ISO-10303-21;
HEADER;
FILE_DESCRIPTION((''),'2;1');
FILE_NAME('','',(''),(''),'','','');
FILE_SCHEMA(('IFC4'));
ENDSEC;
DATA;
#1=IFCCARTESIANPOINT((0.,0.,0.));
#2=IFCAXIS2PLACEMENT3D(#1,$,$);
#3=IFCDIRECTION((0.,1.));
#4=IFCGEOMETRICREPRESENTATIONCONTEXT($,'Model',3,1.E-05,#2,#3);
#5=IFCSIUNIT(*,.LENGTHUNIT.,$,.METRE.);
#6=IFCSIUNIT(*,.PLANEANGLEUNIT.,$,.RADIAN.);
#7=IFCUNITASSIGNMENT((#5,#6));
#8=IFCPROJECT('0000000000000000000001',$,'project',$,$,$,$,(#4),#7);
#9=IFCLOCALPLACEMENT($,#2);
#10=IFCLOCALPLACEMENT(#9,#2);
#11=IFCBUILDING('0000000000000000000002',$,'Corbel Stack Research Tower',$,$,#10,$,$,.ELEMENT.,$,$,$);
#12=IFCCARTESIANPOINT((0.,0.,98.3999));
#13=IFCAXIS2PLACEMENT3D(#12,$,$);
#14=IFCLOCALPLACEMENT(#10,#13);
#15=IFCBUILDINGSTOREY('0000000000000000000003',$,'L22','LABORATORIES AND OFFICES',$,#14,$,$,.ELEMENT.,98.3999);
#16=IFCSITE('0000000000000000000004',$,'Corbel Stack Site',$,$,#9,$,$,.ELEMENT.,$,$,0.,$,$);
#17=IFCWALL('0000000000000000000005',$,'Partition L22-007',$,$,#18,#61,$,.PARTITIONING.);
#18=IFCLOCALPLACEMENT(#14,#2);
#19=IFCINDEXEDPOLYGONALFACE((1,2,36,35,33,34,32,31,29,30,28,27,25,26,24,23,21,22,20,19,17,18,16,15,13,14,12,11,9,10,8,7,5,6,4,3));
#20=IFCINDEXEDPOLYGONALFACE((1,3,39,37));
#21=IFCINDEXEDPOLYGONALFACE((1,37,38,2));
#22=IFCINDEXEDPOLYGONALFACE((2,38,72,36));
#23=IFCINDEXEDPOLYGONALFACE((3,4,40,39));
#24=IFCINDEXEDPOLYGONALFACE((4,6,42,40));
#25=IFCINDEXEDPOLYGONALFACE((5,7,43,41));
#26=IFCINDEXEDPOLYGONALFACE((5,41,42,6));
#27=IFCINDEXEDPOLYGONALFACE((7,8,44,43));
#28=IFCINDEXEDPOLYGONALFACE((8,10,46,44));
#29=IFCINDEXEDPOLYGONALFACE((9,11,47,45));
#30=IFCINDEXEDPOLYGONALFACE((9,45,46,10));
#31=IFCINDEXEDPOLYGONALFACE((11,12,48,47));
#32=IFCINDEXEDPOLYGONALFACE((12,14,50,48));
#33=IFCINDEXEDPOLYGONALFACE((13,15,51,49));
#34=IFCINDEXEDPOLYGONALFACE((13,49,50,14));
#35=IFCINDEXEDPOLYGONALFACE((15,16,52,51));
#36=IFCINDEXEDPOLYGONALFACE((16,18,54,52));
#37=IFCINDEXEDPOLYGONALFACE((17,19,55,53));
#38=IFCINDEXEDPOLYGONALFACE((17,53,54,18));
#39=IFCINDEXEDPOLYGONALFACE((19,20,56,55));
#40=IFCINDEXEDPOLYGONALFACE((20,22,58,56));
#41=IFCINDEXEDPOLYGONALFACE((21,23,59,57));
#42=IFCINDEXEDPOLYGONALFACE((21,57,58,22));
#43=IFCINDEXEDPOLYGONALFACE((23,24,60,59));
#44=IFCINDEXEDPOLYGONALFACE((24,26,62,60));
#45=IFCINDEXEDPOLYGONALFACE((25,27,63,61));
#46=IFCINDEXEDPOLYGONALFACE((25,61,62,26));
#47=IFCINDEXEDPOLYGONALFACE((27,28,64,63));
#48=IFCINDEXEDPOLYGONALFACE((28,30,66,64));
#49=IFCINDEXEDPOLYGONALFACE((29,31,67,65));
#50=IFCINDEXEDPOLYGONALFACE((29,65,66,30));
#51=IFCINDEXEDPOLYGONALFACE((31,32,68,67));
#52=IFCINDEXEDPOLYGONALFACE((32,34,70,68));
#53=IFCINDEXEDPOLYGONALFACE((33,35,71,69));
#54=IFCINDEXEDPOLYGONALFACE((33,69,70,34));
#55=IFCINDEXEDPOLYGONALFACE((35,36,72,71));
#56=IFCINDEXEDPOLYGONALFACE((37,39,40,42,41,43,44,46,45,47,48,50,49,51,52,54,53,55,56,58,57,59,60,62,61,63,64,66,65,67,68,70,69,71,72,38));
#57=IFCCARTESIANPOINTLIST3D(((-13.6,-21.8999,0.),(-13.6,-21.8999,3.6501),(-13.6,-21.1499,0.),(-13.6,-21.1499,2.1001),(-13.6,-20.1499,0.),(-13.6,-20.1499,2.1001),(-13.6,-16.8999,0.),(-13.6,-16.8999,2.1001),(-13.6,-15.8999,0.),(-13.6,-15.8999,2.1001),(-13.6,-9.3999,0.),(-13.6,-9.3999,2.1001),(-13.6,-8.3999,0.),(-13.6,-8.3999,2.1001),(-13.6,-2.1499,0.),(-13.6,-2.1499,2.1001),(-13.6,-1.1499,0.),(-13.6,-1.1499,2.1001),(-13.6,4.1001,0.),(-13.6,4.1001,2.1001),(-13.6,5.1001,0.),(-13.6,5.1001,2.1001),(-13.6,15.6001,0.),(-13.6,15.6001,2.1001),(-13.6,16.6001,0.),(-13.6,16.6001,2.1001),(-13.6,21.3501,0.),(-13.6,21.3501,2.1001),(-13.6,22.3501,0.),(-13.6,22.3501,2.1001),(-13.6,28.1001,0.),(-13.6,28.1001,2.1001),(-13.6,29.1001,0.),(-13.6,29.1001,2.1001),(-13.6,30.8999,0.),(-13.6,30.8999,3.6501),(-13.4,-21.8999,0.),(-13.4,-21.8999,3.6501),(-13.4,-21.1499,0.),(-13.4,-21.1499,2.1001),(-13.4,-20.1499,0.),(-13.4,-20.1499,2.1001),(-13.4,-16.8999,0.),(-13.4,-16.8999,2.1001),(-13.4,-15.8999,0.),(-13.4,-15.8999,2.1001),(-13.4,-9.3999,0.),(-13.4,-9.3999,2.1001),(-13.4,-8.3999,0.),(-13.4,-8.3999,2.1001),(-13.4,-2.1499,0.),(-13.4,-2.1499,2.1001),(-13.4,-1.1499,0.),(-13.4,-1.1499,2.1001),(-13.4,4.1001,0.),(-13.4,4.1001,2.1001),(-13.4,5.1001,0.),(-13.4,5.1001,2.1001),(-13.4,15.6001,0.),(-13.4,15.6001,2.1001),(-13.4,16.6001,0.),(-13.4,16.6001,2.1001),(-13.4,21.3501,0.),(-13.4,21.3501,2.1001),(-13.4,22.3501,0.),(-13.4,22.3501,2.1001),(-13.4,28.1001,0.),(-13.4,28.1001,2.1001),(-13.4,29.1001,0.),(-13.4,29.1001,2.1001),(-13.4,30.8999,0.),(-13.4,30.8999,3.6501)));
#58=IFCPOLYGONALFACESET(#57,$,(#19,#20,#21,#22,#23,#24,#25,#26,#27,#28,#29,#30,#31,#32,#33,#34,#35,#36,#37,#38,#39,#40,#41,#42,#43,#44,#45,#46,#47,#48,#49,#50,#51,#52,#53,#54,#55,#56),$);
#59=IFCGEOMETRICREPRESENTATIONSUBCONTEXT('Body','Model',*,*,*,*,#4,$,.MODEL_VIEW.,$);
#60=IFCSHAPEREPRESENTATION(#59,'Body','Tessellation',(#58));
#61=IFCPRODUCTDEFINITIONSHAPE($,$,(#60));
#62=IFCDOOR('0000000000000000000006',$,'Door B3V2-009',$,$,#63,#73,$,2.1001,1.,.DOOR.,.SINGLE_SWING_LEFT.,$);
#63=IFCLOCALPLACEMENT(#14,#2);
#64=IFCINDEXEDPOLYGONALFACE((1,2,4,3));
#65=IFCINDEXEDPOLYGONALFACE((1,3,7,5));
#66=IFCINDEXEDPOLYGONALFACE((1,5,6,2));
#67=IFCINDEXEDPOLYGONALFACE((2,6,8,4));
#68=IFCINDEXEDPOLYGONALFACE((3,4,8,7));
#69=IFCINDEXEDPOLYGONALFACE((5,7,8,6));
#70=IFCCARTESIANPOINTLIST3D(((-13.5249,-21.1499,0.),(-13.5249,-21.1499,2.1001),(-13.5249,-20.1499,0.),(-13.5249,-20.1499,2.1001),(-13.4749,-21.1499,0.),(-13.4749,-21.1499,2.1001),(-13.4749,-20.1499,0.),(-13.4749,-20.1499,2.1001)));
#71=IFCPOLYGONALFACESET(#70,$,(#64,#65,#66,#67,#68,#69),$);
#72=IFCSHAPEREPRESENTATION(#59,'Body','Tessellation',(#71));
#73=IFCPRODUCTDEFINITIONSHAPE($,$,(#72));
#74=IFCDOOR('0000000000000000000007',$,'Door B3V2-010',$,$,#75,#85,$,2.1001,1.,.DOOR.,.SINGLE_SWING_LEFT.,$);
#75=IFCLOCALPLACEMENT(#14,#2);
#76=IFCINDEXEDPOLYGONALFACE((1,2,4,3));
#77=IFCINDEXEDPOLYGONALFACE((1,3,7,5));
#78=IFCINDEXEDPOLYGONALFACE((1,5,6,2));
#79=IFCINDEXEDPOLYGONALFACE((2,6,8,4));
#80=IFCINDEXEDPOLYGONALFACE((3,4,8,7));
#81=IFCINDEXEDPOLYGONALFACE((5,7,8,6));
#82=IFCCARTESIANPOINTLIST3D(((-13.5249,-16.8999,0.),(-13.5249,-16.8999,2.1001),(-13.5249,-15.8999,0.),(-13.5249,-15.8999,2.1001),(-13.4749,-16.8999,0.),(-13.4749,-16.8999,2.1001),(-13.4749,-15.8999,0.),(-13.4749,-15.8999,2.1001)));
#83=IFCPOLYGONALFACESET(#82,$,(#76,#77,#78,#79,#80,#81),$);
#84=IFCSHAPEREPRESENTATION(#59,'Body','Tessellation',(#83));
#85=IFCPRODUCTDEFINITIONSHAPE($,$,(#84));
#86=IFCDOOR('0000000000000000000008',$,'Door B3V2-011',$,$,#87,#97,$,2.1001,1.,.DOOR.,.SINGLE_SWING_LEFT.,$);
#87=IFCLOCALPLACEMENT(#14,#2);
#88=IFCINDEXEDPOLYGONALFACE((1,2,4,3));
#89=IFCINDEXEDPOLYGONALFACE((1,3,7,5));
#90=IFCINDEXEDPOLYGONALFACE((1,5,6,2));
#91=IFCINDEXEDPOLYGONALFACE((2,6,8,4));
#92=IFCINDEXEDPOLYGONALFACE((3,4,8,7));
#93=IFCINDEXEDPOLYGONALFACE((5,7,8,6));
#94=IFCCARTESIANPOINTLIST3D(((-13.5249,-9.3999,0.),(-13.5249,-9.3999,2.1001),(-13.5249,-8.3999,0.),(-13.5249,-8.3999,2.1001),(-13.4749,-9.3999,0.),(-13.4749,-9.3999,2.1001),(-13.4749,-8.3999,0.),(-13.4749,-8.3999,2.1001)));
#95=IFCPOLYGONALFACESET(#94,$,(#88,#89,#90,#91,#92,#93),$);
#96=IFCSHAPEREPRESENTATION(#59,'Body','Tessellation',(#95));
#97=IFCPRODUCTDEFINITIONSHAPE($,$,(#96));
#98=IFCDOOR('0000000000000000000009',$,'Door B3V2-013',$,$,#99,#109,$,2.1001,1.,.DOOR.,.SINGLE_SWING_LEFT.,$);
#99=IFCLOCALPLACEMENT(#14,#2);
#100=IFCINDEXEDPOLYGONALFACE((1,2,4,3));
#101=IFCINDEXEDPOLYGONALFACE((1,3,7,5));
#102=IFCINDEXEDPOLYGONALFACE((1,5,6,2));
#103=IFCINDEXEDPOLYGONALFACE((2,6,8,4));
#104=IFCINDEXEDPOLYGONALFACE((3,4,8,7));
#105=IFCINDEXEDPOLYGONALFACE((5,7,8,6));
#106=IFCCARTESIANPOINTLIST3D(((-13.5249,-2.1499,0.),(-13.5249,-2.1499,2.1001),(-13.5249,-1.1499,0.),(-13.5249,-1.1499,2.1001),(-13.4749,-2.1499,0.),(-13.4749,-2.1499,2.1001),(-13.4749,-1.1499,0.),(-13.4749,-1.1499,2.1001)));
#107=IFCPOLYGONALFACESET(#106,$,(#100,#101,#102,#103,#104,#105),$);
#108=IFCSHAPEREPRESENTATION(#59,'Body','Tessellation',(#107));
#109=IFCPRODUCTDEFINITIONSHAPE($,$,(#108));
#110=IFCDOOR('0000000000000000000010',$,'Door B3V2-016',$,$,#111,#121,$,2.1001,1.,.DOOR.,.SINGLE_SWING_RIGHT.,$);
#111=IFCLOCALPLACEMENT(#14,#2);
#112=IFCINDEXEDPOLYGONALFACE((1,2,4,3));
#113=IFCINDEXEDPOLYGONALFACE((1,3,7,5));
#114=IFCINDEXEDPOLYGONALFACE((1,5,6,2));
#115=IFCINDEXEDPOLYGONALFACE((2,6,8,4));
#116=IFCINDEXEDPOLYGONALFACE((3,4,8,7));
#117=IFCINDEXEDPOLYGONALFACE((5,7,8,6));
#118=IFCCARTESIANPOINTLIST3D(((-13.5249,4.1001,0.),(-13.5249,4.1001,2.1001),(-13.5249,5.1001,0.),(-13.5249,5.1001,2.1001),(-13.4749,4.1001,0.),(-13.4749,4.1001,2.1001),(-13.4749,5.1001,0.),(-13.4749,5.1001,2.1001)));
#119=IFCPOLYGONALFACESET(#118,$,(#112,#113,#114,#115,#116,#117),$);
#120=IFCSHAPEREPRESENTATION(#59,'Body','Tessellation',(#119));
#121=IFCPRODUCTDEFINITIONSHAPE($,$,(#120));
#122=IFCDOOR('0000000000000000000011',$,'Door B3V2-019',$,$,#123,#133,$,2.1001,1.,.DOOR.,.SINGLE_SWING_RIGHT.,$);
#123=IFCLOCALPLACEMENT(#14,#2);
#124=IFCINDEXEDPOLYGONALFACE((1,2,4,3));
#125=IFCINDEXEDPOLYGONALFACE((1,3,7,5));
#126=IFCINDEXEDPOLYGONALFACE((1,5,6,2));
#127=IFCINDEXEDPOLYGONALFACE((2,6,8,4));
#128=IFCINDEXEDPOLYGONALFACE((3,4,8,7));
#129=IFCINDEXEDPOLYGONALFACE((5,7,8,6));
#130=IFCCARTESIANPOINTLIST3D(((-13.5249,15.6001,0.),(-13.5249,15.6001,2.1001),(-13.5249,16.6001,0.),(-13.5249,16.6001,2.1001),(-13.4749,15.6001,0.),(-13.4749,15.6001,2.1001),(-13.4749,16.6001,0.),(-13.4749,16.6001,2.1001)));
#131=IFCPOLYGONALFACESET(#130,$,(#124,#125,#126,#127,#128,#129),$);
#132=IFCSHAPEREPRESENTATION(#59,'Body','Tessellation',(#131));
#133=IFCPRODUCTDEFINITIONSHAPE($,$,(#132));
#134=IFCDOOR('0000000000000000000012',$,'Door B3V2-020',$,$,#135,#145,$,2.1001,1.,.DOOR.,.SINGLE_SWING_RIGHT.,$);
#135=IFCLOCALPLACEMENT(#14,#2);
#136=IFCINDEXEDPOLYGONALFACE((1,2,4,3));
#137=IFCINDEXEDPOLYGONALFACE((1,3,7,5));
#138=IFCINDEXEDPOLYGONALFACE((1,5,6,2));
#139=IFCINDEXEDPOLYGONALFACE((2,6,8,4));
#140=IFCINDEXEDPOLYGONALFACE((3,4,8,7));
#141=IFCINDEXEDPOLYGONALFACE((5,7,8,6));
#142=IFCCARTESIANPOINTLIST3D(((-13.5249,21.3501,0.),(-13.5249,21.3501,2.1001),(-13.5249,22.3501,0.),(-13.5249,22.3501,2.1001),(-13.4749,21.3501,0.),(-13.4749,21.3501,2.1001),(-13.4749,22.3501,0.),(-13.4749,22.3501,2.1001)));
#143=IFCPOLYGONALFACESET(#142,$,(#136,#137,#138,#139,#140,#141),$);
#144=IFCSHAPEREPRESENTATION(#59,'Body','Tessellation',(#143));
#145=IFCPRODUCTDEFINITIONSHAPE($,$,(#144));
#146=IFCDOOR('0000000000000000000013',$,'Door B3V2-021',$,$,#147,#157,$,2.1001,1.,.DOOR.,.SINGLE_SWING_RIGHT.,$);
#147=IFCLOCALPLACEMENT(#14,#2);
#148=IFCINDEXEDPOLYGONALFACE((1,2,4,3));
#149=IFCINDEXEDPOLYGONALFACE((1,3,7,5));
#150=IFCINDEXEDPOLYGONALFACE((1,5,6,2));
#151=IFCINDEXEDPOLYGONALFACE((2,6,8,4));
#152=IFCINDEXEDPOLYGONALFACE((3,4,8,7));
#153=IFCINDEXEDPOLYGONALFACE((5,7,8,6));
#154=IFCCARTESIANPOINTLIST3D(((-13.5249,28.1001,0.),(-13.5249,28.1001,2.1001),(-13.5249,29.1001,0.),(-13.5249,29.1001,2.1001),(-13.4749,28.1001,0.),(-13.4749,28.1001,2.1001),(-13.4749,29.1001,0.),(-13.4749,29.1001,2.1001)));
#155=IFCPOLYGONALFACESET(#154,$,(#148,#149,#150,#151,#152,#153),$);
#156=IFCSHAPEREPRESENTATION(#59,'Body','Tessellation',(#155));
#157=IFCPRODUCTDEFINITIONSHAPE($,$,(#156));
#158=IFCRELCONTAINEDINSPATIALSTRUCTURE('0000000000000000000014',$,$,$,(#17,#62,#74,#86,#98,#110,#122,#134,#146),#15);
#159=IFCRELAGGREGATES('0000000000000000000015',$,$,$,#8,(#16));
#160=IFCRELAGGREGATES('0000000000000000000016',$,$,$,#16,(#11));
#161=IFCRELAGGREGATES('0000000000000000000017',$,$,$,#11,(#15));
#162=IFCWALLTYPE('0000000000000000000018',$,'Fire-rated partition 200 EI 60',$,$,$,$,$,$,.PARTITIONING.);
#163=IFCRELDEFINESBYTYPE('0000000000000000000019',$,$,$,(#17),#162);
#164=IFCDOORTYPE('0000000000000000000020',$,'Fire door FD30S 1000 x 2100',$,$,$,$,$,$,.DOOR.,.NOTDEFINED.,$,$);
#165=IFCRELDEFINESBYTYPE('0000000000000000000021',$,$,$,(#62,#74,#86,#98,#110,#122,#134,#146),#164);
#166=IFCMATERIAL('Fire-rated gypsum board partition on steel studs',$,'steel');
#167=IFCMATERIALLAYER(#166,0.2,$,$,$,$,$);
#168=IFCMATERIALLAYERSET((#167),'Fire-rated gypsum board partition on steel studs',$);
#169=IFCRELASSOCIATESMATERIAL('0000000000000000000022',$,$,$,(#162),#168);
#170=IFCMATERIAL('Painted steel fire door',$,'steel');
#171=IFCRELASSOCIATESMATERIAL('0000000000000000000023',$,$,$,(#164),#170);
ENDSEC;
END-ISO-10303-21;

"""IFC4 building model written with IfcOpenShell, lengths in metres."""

from ifc_helpers import new_model, si_unit, direction, frame, frame_2d, origin, place, context, subcontext, project, spatial, rectangle, extrude, material, layer, layer_set, type_object, element, fill, save


model = new_model("IFC4")

# Units and contexts
model_context = context("Model", 3, precision=1e-05, world=origin(), true_north=direction((0.0, 1.0)))
body_context = subcontext(model_context, "Body", "Model", "MODEL_VIEW")
ifc_project = project(units=[si_unit("LENGTHUNIT", "METRE"), si_unit("PLANEANGLEUNIT", "RADIAN")], contexts=[model_context])

# Site, building, storey
site_placement = place(None, origin())
site = spatial("IfcSite", under=ifc_project, at=site_placement, Name="Corbel Stack Site", CompositionType="ELEMENT", RefElevation=0.0)
building_placement = place(site_placement, origin())
building = spatial("IfcBuilding", under=site, at=building_placement, Name="Corbel Stack Research Tower", CompositionType="ELEMENT")
storey_placement = place(building_placement, frame((0.0, 0.0, 98.3999)))
storey = spatial("IfcBuildingStorey", under=building, at=storey_placement, Name="L22", Description="LABORATORIES AND OFFICES", CompositionType="ELEMENT", Elevation=98.3999)

# Wall, openings, doors
ifc_material_1 = material(Name="Fire-rated gypsum board partition on steel studs", Category="steel")
ifc_layer_1 = layer(ifc_material_1, 0.2)
ifc_layer_set_1 = layer_set([ifc_layer_1], Name="Fire-rated gypsum board partition on steel studs")
wall_type_1 = type_object("IfcWallType", Name="Fire-rated partition 200 EI 60", PredefinedType="PARTITIONING", material=ifc_layer_set_1)
wall_1_placement = place(storey_placement, frame((-13.5, -21.8999, 0.0), z_axis=(0.0, 0.0, 1.0), x_axis=(0.0, 1.0, 0.0)))
wall_1 = element("IfcWall", 1, at=wall_1_placement, inside=storey, type_object=wall_type_1, Name="Partition L22-007", PredefinedType="PARTITIONING", context=body_context, shape_type="SweptSolid", body=[
    extrude(rectangle(XDim=52.7998, YDim=0.2, at=frame_2d((26.3999, 0.0))), origin(), (0.0, 0.0, 1.0), 3.6501),
])
opening_1_placement = place(wall_1_placement, frame((0.75, 0.0, 0.0)))
opening_1 = element("IfcOpeningElement", 2, at=opening_1_placement, cuts=wall_1, PredefinedType="OPENING", context=body_context, shape_type="SweptSolid", body=[
    extrude(rectangle(XDim=1.0, YDim=2.1001, at=frame_2d((0.5, 1.05))), frame((0.0, 0.1099, 0.0), z_axis=(0.0, -1.0, 0.0), x_axis=(1.0, 0.0, 0.0)), (0.0, 0.0, 1.0), 0.22),
])
opening_2_placement = place(wall_1_placement, frame((5.0, 0.0, 0.0)))
opening_2 = element("IfcOpeningElement", 3, at=opening_2_placement, cuts=wall_1, PredefinedType="OPENING", context=body_context, shape_type="SweptSolid", body=[
    extrude(rectangle(XDim=1.0, YDim=2.1001, at=frame_2d((0.5, 1.05))), frame((0.0, 0.1099, 0.0), z_axis=(0.0, -1.0, 0.0), x_axis=(1.0, 0.0, 0.0)), (0.0, 0.0, 1.0), 0.22),
])
opening_3_placement = place(wall_1_placement, frame((12.5, 0.0, 0.0)))
opening_3 = element("IfcOpeningElement", 4, at=opening_3_placement, cuts=wall_1, PredefinedType="OPENING", context=body_context, shape_type="SweptSolid", body=[
    extrude(rectangle(XDim=1.0, YDim=2.1001, at=frame_2d((0.5, 1.05))), frame((0.0, 0.1099, 0.0), z_axis=(0.0, -1.0, 0.0), x_axis=(1.0, 0.0, 0.0)), (0.0, 0.0, 1.0), 0.22),
])
opening_4_placement = place(wall_1_placement, frame((19.75, 0.0, 0.0)))
opening_4 = element("IfcOpeningElement", 5, at=opening_4_placement, cuts=wall_1, PredefinedType="OPENING", context=body_context, shape_type="SweptSolid", body=[
    extrude(rectangle(XDim=1.0, YDim=2.1001, at=frame_2d((0.5, 1.05))), frame((0.0, 0.1099, 0.0), z_axis=(0.0, -1.0, 0.0), x_axis=(1.0, 0.0, 0.0)), (0.0, 0.0, 1.0), 0.22),
])
opening_5_placement = place(wall_1_placement, frame((26.0, 0.0, 0.0)))
opening_5 = element("IfcOpeningElement", 6, at=opening_5_placement, cuts=wall_1, PredefinedType="OPENING", context=body_context, shape_type="SweptSolid", body=[
    extrude(rectangle(XDim=1.0, YDim=2.1001, at=frame_2d((0.5, 1.05))), frame((0.0, 0.1099, 0.0), z_axis=(0.0, -1.0, 0.0), x_axis=(1.0, 0.0, 0.0)), (0.0, 0.0, 1.0), 0.22),
])
opening_6_placement = place(wall_1_placement, frame((37.5, 0.0, 0.0)))
opening_6 = element("IfcOpeningElement", 7, at=opening_6_placement, cuts=wall_1, PredefinedType="OPENING", context=body_context, shape_type="SweptSolid", body=[
    extrude(rectangle(XDim=1.0, YDim=2.1001, at=frame_2d((0.5, 1.05))), frame((0.0, 0.1099, 0.0), z_axis=(0.0, -1.0, 0.0), x_axis=(1.0, 0.0, 0.0)), (0.0, 0.0, 1.0), 0.22),
])
opening_7_placement = place(wall_1_placement, frame((43.25, 0.0, 0.0)))
opening_7 = element("IfcOpeningElement", 8, at=opening_7_placement, cuts=wall_1, PredefinedType="OPENING", context=body_context, shape_type="SweptSolid", body=[
    extrude(rectangle(XDim=1.0, YDim=2.1001, at=frame_2d((0.5, 1.05))), frame((0.0, 0.1099, 0.0), z_axis=(0.0, -1.0, 0.0), x_axis=(1.0, 0.0, 0.0)), (0.0, 0.0, 1.0), 0.22),
])
opening_8_placement = place(wall_1_placement, frame((50.0, 0.0, 0.0)))
opening_8 = element("IfcOpeningElement", 9, at=opening_8_placement, cuts=wall_1, PredefinedType="OPENING", context=body_context, shape_type="SweptSolid", body=[
    extrude(rectangle(XDim=1.0, YDim=2.1001, at=frame_2d((0.5, 1.05))), frame((0.0, 0.1099, 0.0), z_axis=(0.0, -1.0, 0.0), x_axis=(1.0, 0.0, 0.0)), (0.0, 0.0, 1.0), 0.22),
])
ifc_material_2 = material(Name="Painted steel fire door", Category="steel")
door_type_1 = type_object("IfcDoorType", Name="Fire door FD30S 1000 x 2100", OperationType="NOTDEFINED", PredefinedType="DOOR", material=ifc_material_2)
door_1_placement = place(opening_1_placement, origin())
door_1 = element("IfcDoor", 10, at=door_1_placement, inside=storey, type_object=door_type_1, Name="Door B3V2-009", OperationType="SINGLE_SWING_LEFT", OverallHeight=2.1001, OverallWidth=1.0, PredefinedType="DOOR", context=body_context, shape_type="SweptSolid", body=[
    extrude(rectangle(XDim=1.0, YDim=2.1001, at=frame_2d((0.5, 1.05))), frame((0.0, 0.0249, 0.0), z_axis=(0.0, -1.0, 0.0), x_axis=(1.0, 0.0, 0.0)), (0.0, 0.0, 1.0), 0.05),
])
fill(opening_1, door_1)
door_2_placement = place(opening_2_placement, origin())
door_2 = element("IfcDoor", 11, at=door_2_placement, inside=storey, type_object=door_type_1, Name="Door B3V2-010", OperationType="SINGLE_SWING_LEFT", OverallHeight=2.1001, OverallWidth=1.0, PredefinedType="DOOR", context=body_context, shape_type="SweptSolid", body=[
    extrude(rectangle(XDim=1.0, YDim=2.1001, at=frame_2d((0.5, 1.05))), frame((0.0, 0.0249, 0.0), z_axis=(0.0, -1.0, 0.0), x_axis=(1.0, 0.0, 0.0)), (0.0, 0.0, 1.0), 0.05),
])
fill(opening_2, door_2)
door_3_placement = place(opening_3_placement, origin())
door_3 = element("IfcDoor", 12, at=door_3_placement, inside=storey, type_object=door_type_1, Name="Door B3V2-011", OperationType="SINGLE_SWING_LEFT", OverallHeight=2.1001, OverallWidth=1.0, PredefinedType="DOOR", context=body_context, shape_type="SweptSolid", body=[
    extrude(rectangle(XDim=1.0, YDim=2.1001, at=frame_2d((0.5, 1.05))), frame((0.0, 0.0249, 0.0), z_axis=(0.0, -1.0, 0.0), x_axis=(1.0, 0.0, 0.0)), (0.0, 0.0, 1.0), 0.05),
])
fill(opening_3, door_3)
door_4_placement = place(opening_4_placement, origin())
door_4 = element("IfcDoor", 13, at=door_4_placement, inside=storey, type_object=door_type_1, Name="Door B3V2-013", OperationType="SINGLE_SWING_LEFT", OverallHeight=2.1001, OverallWidth=1.0, PredefinedType="DOOR", context=body_context, shape_type="SweptSolid", body=[
    extrude(rectangle(XDim=1.0, YDim=2.1001, at=frame_2d((0.5, 1.05))), frame((0.0, 0.0249, 0.0), z_axis=(0.0, -1.0, 0.0), x_axis=(1.0, 0.0, 0.0)), (0.0, 0.0, 1.0), 0.05),
])
fill(opening_4, door_4)
door_5_placement = place(opening_5_placement, origin())
door_5 = element("IfcDoor", 14, at=door_5_placement, inside=storey, type_object=door_type_1, Name="Door B3V2-016", OperationType="SINGLE_SWING_RIGHT", OverallHeight=2.1001, OverallWidth=1.0, PredefinedType="DOOR", context=body_context, shape_type="SweptSolid", body=[
    extrude(rectangle(XDim=1.0, YDim=2.1001, at=frame_2d((0.5, 1.05))), frame((0.0, 0.0249, 0.0), z_axis=(0.0, -1.0, 0.0), x_axis=(1.0, 0.0, 0.0)), (0.0, 0.0, 1.0), 0.05),
])
fill(opening_5, door_5)
door_6_placement = place(opening_6_placement, origin())
door_6 = element("IfcDoor", 15, at=door_6_placement, inside=storey, type_object=door_type_1, Name="Door B3V2-019", OperationType="SINGLE_SWING_RIGHT", OverallHeight=2.1001, OverallWidth=1.0, PredefinedType="DOOR", context=body_context, shape_type="SweptSolid", body=[
    extrude(rectangle(XDim=1.0, YDim=2.1001, at=frame_2d((0.5, 1.05))), frame((0.0, 0.0249, 0.0), z_axis=(0.0, -1.0, 0.0), x_axis=(1.0, 0.0, 0.0)), (0.0, 0.0, 1.0), 0.05),
])
fill(opening_6, door_6)
door_7_placement = place(opening_7_placement, origin())
door_7 = element("IfcDoor", 16, at=door_7_placement, inside=storey, type_object=door_type_1, Name="Door B3V2-020", OperationType="SINGLE_SWING_RIGHT", OverallHeight=2.1001, OverallWidth=1.0, PredefinedType="DOOR", context=body_context, shape_type="SweptSolid", body=[
    extrude(rectangle(XDim=1.0, YDim=2.1001, at=frame_2d((0.5, 1.05))), frame((0.0, 0.0249, 0.0), z_axis=(0.0, -1.0, 0.0), x_axis=(1.0, 0.0, 0.0)), (0.0, 0.0, 1.0), 0.05),
])
fill(opening_7, door_7)
door_8_placement = place(opening_8_placement, origin())
door_8 = element("IfcDoor", 17, at=door_8_placement, inside=storey, type_object=door_type_1, Name="Door B3V2-021", OperationType="SINGLE_SWING_RIGHT", OverallHeight=2.1001, OverallWidth=1.0, PredefinedType="DOOR", context=body_context, shape_type="SweptSolid", body=[
    extrude(rectangle(XDim=1.0, YDim=2.1001, at=frame_2d((0.5, 1.05))), frame((0.0, 0.0249, 0.0), z_axis=(0.0, -1.0, 0.0), x_axis=(1.0, 0.0, 0.0)), (0.0, 0.0, 1.0), 0.05),
])
fill(opening_8, door_8)

save(model, "model.ifc")
